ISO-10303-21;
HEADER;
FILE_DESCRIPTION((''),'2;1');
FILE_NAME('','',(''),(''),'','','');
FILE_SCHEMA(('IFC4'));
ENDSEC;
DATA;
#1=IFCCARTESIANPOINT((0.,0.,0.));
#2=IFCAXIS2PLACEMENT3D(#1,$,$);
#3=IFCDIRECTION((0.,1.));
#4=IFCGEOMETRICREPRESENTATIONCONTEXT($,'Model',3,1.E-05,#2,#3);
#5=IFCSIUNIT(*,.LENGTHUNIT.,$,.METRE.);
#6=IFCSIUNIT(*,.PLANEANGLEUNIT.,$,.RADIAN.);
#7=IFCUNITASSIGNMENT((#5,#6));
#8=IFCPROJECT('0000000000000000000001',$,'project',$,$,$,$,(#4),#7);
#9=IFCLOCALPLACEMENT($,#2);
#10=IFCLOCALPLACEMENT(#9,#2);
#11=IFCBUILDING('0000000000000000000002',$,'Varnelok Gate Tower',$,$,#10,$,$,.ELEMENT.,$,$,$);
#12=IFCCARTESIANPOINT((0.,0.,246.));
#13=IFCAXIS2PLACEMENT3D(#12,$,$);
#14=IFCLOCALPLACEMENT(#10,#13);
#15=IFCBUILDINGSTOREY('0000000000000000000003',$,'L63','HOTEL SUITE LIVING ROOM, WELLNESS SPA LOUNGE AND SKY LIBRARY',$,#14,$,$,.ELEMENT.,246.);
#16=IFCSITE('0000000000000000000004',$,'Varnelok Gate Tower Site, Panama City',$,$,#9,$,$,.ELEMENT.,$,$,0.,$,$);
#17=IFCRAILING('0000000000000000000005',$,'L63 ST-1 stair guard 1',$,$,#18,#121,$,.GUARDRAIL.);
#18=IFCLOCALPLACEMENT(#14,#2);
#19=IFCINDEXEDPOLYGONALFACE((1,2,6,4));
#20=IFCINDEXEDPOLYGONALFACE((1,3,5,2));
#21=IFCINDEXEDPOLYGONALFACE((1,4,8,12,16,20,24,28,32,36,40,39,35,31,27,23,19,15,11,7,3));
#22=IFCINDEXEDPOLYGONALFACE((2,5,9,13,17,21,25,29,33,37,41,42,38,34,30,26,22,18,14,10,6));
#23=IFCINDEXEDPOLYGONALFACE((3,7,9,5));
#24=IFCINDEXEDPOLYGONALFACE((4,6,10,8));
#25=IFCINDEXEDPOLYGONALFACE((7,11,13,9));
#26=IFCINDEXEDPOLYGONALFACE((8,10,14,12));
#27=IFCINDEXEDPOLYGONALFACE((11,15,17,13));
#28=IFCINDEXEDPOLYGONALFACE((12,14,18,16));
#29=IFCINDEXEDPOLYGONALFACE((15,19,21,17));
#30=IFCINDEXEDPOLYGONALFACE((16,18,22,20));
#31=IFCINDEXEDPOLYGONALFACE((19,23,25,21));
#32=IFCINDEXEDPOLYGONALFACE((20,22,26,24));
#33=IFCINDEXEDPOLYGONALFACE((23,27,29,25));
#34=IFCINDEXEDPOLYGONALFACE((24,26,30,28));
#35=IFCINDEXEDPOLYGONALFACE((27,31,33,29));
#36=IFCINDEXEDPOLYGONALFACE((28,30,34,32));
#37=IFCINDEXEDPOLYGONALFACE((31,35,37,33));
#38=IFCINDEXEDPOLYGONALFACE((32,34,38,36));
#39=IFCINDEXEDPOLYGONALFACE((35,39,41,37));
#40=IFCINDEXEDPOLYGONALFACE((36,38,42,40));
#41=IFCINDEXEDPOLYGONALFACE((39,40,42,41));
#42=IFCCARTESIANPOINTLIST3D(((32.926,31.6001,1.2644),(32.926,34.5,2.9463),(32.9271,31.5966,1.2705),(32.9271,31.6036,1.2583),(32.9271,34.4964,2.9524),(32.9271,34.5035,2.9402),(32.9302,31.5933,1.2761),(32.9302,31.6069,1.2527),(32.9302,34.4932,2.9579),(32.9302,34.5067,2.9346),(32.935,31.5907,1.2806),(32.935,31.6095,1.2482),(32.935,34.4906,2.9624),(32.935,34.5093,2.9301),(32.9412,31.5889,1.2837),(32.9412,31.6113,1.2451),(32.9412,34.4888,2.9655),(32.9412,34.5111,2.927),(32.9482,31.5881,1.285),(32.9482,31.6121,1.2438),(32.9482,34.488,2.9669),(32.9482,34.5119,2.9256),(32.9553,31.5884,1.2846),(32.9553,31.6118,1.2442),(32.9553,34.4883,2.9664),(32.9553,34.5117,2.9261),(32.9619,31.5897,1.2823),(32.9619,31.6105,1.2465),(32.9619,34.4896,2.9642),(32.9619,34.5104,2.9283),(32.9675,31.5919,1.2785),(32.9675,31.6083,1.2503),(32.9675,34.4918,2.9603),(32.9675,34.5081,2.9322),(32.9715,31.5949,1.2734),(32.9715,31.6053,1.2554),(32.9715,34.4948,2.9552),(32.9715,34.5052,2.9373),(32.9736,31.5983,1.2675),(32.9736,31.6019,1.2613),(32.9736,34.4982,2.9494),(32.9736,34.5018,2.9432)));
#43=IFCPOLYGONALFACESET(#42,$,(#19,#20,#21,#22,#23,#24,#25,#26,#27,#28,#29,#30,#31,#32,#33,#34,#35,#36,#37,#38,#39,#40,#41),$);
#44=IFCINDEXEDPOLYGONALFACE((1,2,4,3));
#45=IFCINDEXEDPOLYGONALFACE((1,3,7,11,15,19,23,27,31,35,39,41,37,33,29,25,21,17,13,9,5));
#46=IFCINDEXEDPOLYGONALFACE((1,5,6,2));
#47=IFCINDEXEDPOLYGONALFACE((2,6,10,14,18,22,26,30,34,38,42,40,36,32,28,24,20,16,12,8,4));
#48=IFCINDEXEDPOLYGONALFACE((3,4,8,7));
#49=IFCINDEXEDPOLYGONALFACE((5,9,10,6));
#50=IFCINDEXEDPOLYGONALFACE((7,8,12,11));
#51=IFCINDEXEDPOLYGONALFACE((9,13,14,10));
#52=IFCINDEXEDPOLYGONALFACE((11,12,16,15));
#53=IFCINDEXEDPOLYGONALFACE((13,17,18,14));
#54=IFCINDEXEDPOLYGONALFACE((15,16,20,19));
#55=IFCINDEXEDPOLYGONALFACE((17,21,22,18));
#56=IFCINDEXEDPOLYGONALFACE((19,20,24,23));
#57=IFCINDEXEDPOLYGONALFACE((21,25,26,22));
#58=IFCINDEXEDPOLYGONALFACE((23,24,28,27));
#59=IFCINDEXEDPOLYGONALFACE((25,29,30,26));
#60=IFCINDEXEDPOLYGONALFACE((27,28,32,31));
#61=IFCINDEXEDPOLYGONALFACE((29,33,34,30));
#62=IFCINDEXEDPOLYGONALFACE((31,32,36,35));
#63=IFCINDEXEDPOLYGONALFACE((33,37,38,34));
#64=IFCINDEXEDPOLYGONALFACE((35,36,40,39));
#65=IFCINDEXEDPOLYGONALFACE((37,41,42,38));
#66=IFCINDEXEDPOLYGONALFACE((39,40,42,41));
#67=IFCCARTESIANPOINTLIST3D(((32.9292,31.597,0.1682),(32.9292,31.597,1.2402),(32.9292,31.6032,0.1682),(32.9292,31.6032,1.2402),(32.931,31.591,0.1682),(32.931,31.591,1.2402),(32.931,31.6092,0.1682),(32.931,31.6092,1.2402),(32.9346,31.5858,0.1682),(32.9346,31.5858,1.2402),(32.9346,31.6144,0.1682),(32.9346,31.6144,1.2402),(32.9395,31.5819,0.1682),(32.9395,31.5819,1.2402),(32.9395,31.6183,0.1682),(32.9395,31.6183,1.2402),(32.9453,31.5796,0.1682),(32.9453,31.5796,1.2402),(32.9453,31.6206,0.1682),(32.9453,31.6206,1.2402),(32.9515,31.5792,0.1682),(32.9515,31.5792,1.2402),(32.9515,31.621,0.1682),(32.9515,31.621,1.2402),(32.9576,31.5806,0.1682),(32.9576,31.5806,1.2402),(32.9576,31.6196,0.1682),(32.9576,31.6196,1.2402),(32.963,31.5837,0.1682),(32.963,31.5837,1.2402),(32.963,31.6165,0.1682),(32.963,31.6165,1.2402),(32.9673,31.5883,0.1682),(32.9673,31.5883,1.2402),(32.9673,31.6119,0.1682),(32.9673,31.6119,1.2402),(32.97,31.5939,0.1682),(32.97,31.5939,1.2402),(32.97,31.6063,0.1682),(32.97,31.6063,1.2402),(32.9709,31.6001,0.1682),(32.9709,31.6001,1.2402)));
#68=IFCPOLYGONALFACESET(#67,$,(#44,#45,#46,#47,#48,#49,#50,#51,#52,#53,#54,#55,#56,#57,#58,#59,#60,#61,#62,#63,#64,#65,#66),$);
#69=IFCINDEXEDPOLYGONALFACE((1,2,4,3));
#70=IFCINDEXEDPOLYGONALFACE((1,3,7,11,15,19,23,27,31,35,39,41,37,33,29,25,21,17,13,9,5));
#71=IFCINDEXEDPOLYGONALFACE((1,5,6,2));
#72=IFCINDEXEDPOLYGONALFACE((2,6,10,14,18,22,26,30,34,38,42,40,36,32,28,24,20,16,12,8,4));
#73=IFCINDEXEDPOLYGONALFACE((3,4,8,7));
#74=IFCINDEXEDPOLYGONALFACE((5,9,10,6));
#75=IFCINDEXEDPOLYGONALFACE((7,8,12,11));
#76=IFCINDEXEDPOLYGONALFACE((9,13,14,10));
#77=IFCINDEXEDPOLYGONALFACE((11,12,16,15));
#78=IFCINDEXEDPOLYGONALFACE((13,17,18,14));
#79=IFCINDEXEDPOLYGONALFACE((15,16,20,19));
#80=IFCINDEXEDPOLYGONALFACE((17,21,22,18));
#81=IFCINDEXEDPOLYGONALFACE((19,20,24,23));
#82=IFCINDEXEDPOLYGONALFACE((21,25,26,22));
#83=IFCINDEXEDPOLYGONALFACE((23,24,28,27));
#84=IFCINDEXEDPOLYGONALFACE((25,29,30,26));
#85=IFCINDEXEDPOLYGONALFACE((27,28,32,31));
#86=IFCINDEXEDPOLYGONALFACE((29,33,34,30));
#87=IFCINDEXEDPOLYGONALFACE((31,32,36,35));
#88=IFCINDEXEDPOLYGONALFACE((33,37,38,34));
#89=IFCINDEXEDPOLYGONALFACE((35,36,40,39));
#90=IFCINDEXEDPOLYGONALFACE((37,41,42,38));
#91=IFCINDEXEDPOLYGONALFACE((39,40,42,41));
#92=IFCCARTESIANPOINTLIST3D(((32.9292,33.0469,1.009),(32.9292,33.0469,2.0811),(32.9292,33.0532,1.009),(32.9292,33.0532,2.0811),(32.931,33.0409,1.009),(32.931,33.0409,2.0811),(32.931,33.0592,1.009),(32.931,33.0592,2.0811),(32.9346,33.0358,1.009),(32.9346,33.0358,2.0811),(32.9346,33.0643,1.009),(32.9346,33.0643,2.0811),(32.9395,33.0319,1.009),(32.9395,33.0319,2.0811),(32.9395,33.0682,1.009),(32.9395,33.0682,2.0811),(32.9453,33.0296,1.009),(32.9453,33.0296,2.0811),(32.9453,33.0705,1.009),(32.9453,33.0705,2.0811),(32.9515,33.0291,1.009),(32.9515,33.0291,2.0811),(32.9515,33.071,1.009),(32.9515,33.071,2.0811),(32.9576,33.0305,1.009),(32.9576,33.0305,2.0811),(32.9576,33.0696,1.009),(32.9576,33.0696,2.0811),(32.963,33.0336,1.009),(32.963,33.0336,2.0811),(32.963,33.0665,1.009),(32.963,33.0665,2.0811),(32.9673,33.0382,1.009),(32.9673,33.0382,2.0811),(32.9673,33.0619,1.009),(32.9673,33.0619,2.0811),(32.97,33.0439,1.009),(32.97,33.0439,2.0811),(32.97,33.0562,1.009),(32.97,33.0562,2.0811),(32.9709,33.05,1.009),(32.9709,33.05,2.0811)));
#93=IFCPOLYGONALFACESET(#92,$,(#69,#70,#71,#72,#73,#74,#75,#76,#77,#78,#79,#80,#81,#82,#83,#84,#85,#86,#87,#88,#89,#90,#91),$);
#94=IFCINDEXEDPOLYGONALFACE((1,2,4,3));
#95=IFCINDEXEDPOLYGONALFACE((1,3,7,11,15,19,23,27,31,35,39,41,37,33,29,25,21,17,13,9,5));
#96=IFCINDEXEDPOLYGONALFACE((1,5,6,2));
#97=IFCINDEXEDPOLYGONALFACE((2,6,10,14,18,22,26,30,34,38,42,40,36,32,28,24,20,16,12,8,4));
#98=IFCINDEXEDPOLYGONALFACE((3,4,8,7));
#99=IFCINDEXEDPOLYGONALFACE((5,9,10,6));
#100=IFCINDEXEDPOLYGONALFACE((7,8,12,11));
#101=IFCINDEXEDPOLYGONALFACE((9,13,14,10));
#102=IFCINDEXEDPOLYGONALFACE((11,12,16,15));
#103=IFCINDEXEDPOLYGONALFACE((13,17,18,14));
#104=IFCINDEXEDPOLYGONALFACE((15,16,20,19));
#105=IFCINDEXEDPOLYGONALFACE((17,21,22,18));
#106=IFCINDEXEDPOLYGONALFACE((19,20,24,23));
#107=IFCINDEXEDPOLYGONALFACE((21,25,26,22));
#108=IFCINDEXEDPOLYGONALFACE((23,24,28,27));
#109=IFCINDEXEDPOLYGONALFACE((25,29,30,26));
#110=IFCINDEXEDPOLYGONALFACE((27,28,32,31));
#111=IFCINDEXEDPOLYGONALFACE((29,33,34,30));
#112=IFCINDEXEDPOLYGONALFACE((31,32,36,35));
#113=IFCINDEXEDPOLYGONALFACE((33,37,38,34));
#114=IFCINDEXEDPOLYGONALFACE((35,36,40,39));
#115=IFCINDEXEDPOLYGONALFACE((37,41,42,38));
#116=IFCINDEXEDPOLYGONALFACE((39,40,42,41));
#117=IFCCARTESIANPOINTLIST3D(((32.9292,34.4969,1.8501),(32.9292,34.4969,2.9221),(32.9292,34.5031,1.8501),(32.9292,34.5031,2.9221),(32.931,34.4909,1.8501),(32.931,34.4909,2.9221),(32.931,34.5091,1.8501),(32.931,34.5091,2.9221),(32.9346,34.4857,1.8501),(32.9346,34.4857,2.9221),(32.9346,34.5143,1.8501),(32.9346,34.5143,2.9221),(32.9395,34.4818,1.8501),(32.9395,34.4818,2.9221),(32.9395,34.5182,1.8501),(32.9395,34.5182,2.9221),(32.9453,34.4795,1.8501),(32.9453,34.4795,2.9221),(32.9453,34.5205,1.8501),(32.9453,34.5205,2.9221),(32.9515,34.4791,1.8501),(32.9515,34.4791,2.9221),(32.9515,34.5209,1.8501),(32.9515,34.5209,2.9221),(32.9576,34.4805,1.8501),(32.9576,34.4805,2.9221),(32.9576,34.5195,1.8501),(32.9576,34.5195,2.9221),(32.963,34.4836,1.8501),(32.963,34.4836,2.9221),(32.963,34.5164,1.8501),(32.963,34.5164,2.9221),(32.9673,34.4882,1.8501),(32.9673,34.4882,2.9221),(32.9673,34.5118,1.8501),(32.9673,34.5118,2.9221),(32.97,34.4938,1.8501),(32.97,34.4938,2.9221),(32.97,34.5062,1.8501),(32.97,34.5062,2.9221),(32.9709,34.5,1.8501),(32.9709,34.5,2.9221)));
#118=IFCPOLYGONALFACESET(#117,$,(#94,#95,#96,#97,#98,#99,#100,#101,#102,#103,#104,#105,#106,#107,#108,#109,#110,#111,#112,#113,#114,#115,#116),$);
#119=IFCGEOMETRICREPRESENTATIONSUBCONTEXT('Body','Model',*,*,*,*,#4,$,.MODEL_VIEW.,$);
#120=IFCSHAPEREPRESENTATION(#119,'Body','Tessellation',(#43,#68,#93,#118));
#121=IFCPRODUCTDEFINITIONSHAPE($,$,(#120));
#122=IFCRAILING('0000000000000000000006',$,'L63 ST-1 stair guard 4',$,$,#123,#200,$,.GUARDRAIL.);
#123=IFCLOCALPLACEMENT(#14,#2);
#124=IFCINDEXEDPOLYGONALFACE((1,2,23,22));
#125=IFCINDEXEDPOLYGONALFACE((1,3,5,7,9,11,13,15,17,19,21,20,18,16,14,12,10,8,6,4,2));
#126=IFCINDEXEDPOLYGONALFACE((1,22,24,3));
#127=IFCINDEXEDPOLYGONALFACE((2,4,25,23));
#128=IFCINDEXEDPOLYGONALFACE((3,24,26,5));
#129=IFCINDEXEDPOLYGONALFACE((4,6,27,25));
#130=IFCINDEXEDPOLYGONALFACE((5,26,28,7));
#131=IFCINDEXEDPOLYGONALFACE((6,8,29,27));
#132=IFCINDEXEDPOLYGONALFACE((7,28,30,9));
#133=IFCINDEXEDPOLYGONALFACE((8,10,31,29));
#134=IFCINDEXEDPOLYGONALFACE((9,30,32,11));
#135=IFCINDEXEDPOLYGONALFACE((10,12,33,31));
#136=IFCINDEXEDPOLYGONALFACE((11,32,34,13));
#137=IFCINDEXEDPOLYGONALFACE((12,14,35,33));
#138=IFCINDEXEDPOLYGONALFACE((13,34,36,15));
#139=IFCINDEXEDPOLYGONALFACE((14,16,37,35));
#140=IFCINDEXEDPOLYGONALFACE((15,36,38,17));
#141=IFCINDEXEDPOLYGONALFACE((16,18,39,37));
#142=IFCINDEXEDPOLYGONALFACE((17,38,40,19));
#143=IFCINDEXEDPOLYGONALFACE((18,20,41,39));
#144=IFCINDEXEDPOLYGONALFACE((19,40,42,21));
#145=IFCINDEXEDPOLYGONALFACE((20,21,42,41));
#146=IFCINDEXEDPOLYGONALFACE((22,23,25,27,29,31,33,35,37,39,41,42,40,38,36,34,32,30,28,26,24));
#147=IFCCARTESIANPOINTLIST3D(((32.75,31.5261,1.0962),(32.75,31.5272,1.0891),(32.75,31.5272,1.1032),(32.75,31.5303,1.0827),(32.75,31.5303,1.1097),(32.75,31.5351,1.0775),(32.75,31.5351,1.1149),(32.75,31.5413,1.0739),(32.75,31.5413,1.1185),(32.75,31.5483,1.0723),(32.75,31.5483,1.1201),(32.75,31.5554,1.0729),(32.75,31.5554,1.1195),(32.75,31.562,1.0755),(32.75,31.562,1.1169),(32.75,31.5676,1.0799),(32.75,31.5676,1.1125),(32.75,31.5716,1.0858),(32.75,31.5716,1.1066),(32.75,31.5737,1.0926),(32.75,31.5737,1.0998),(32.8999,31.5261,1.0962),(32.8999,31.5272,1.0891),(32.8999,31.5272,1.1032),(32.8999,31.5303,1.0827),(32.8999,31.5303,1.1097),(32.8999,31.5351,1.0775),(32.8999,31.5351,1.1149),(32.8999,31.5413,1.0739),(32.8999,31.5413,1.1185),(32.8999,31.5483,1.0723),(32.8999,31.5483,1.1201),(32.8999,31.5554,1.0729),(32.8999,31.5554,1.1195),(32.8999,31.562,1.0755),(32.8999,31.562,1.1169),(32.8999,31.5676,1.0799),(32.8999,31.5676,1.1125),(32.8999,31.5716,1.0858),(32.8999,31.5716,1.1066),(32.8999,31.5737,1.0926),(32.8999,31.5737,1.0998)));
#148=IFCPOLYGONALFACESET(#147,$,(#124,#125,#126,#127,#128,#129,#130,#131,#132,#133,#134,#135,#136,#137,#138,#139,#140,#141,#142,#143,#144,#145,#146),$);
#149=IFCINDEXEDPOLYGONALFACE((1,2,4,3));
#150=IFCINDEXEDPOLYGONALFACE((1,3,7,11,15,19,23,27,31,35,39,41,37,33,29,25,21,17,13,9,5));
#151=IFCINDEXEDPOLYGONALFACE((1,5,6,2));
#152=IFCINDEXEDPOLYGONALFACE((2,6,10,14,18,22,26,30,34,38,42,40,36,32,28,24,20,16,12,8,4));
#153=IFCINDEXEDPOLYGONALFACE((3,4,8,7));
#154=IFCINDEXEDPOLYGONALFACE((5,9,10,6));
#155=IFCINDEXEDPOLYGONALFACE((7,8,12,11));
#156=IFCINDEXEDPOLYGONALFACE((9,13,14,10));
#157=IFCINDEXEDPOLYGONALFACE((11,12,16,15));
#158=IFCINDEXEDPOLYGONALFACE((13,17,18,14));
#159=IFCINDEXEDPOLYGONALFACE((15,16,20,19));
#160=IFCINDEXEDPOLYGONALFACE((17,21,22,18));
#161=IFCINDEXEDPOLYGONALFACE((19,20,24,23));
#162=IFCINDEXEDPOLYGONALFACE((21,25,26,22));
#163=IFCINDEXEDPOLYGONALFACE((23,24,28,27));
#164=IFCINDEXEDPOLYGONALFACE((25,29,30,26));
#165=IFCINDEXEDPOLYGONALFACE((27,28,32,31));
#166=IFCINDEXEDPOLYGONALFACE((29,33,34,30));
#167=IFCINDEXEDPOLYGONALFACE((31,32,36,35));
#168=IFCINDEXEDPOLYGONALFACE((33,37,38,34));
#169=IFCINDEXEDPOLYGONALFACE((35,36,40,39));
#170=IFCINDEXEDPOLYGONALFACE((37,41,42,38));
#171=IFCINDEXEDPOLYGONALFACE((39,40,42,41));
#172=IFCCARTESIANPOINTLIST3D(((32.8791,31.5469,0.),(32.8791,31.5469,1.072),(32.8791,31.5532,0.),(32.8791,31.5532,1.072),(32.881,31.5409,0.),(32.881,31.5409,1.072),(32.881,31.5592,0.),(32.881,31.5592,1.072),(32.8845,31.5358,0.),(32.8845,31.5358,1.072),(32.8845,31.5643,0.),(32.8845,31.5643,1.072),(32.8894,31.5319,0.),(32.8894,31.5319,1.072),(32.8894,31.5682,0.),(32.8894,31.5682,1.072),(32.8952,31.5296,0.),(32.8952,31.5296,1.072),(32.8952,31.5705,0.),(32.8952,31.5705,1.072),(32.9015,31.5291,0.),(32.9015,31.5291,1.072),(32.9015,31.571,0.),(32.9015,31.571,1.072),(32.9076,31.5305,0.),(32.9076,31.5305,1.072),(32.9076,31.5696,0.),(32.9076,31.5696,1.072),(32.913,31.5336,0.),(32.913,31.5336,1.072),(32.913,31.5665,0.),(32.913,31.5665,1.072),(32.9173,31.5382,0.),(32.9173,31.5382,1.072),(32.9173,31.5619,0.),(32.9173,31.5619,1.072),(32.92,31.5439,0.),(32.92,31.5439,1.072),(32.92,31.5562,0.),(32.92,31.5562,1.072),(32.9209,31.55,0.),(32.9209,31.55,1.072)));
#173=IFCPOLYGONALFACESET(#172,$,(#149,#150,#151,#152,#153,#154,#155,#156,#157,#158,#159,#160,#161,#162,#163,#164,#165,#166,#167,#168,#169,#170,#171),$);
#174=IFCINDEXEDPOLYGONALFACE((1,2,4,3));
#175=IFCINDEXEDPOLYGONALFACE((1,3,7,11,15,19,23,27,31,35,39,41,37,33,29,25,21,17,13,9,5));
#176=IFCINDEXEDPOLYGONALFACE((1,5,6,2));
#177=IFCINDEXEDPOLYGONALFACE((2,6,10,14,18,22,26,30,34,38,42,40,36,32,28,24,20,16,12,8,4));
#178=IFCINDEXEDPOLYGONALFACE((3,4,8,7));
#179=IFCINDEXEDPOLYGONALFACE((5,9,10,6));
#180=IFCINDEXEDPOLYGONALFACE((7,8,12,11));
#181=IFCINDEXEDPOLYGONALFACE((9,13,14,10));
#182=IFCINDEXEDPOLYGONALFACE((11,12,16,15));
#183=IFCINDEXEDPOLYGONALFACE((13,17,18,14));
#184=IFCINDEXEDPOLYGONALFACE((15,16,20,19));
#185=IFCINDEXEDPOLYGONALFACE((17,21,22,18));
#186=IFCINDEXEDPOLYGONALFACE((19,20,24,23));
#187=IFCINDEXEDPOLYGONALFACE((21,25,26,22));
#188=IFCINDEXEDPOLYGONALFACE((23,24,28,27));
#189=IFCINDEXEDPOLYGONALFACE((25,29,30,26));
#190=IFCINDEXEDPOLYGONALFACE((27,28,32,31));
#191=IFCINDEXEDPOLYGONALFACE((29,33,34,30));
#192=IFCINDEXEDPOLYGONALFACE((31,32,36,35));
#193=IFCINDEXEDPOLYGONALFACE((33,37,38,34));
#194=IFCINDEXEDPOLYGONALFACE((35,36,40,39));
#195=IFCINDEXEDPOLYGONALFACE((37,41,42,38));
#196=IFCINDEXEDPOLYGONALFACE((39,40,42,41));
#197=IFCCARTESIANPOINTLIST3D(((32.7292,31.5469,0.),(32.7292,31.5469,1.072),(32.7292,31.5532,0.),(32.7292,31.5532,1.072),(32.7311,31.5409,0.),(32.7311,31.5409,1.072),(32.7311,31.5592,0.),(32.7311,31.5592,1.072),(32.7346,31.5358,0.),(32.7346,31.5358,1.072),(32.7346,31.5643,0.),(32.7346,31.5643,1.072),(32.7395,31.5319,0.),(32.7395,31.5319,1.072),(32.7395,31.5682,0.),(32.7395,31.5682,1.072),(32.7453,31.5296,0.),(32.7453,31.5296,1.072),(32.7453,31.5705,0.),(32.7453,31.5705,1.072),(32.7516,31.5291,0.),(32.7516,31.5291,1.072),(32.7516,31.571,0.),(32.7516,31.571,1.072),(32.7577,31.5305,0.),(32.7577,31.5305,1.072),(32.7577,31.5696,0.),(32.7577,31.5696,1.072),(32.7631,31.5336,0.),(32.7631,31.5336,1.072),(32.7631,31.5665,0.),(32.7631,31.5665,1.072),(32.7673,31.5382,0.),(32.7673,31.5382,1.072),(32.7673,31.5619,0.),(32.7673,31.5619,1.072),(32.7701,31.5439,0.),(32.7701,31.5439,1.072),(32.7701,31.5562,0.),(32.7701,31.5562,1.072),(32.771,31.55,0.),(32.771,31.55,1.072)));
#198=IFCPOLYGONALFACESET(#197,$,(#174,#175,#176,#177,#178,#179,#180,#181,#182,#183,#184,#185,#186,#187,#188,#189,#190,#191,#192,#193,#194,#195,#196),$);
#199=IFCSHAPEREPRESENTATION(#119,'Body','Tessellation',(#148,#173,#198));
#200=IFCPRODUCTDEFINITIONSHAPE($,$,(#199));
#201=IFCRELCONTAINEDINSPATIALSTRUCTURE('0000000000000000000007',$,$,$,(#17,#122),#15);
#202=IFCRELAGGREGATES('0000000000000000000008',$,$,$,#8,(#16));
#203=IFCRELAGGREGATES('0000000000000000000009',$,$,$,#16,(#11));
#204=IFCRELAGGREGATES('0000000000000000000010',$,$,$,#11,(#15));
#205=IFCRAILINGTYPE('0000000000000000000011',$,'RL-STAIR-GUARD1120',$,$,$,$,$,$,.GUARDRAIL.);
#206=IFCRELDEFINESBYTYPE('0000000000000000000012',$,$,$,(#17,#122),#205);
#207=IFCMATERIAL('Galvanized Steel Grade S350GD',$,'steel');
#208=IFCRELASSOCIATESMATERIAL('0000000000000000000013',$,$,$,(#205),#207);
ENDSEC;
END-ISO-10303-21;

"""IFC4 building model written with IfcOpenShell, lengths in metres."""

from ifc_helpers import new_model, si_unit, direction, frame, origin, origin_2d, place, context, subcontext, project, spatial, circle, extrude, material, type_object, element, save


model = new_model("IFC4")

# Units and contexts
model_context = context("Model", 3, precision=1e-05, world=origin(), true_north=direction((0.0, 1.0)))
body_context = subcontext(model_context, "Body", "Model", "MODEL_VIEW")
ifc_project = project(units=[si_unit("LENGTHUNIT", "METRE"), si_unit("PLANEANGLEUNIT", "RADIAN")], contexts=[model_context])

# Site, building, storey
site_placement = place(None, origin())
site = spatial("IfcSite", under=ifc_project, at=site_placement, Name="Varnelok Gate Tower Site, Panama City", CompositionType="ELEMENT", RefElevation=0.0)
building_placement = place(site_placement, origin())
building = spatial("IfcBuilding", under=site, at=building_placement, Name="Varnelok Gate Tower", CompositionType="ELEMENT")
storey_placement = place(building_placement, frame((0.0, 0.0, 246.0)))
storey = spatial("IfcBuildingStorey", under=building, at=storey_placement, Name="L63", Description="HOTEL SUITE LIVING ROOM, WELLNESS SPA LOUNGE AND SKY LIBRARY", CompositionType="ELEMENT", Elevation=246.0)

# Shared definitions
ifc_material_1 = material(Name="Galvanized Steel Grade S350GD", Category="steel")

# Railings
railing_type_1 = type_object("IfcRailingType", Name="RL-STAIR-GUARD1120", PredefinedType="GUARDRAIL", material=ifc_material_1)
railing_1_placement = place(storey_placement, frame((32.95, 31.6001, 0.1682)))
element("IfcRailing", 1, at=railing_1_placement, inside=storey, type_object=railing_type_1, Name="L63 ST-1 stair guard 1", PredefinedType="GUARDRAIL", context=body_context, shape_type="SweptSolid", body=[
    extrude(circle(Radius=0.0239, at=origin_2d()), frame((0.0, 0.0, 1.0962), z_axis=(0.0, 0.865039, 0.501705), x_axis=(-1.0, 0.0, 0.0)), (0.0, 0.0, 1.0), 3.3523),
    extrude(circle(Radius=0.021, at=origin_2d()), origin(), (0.0, 0.0, 1.0), 1.072),
    extrude(circle(Radius=0.021, at=origin_2d()), frame((0.0, 1.45, 0.8408)), (0.0, 0.0, 1.0), 1.072),
    extrude(circle(Radius=0.021, at=origin_2d()), frame((0.0, 2.8999, 1.6819)), (0.0, 0.0, 1.0), 1.072),
])
railing_2_placement = place(storey_placement, frame((32.8999, 31.55, 0.0)))
element("IfcRailing", 2, at=railing_2_placement, inside=storey, type_object=railing_type_1, Name="L63 ST-1 stair guard 4", PredefinedType="GUARDRAIL", context=body_context, shape_type="SweptSolid", body=[
    extrude(circle(Radius=0.0239, at=origin_2d()), frame((0.0, 0.0, 1.0962), z_axis=(-1.0, 0.0, 0.0), x_axis=(0.0, -1.0, 0.0)), (0.0, 0.0, 1.0), 0.1499),
    extrude(circle(Radius=0.021, at=origin_2d()), origin(), (0.0, 0.0, 1.0), 1.072),
    extrude(circle(Radius=0.021, at=origin_2d()), frame((-0.1499, 0.0, 0.0)), (0.0, 0.0, 1.0), 1.072),
])

save(model, "model.ifc")
